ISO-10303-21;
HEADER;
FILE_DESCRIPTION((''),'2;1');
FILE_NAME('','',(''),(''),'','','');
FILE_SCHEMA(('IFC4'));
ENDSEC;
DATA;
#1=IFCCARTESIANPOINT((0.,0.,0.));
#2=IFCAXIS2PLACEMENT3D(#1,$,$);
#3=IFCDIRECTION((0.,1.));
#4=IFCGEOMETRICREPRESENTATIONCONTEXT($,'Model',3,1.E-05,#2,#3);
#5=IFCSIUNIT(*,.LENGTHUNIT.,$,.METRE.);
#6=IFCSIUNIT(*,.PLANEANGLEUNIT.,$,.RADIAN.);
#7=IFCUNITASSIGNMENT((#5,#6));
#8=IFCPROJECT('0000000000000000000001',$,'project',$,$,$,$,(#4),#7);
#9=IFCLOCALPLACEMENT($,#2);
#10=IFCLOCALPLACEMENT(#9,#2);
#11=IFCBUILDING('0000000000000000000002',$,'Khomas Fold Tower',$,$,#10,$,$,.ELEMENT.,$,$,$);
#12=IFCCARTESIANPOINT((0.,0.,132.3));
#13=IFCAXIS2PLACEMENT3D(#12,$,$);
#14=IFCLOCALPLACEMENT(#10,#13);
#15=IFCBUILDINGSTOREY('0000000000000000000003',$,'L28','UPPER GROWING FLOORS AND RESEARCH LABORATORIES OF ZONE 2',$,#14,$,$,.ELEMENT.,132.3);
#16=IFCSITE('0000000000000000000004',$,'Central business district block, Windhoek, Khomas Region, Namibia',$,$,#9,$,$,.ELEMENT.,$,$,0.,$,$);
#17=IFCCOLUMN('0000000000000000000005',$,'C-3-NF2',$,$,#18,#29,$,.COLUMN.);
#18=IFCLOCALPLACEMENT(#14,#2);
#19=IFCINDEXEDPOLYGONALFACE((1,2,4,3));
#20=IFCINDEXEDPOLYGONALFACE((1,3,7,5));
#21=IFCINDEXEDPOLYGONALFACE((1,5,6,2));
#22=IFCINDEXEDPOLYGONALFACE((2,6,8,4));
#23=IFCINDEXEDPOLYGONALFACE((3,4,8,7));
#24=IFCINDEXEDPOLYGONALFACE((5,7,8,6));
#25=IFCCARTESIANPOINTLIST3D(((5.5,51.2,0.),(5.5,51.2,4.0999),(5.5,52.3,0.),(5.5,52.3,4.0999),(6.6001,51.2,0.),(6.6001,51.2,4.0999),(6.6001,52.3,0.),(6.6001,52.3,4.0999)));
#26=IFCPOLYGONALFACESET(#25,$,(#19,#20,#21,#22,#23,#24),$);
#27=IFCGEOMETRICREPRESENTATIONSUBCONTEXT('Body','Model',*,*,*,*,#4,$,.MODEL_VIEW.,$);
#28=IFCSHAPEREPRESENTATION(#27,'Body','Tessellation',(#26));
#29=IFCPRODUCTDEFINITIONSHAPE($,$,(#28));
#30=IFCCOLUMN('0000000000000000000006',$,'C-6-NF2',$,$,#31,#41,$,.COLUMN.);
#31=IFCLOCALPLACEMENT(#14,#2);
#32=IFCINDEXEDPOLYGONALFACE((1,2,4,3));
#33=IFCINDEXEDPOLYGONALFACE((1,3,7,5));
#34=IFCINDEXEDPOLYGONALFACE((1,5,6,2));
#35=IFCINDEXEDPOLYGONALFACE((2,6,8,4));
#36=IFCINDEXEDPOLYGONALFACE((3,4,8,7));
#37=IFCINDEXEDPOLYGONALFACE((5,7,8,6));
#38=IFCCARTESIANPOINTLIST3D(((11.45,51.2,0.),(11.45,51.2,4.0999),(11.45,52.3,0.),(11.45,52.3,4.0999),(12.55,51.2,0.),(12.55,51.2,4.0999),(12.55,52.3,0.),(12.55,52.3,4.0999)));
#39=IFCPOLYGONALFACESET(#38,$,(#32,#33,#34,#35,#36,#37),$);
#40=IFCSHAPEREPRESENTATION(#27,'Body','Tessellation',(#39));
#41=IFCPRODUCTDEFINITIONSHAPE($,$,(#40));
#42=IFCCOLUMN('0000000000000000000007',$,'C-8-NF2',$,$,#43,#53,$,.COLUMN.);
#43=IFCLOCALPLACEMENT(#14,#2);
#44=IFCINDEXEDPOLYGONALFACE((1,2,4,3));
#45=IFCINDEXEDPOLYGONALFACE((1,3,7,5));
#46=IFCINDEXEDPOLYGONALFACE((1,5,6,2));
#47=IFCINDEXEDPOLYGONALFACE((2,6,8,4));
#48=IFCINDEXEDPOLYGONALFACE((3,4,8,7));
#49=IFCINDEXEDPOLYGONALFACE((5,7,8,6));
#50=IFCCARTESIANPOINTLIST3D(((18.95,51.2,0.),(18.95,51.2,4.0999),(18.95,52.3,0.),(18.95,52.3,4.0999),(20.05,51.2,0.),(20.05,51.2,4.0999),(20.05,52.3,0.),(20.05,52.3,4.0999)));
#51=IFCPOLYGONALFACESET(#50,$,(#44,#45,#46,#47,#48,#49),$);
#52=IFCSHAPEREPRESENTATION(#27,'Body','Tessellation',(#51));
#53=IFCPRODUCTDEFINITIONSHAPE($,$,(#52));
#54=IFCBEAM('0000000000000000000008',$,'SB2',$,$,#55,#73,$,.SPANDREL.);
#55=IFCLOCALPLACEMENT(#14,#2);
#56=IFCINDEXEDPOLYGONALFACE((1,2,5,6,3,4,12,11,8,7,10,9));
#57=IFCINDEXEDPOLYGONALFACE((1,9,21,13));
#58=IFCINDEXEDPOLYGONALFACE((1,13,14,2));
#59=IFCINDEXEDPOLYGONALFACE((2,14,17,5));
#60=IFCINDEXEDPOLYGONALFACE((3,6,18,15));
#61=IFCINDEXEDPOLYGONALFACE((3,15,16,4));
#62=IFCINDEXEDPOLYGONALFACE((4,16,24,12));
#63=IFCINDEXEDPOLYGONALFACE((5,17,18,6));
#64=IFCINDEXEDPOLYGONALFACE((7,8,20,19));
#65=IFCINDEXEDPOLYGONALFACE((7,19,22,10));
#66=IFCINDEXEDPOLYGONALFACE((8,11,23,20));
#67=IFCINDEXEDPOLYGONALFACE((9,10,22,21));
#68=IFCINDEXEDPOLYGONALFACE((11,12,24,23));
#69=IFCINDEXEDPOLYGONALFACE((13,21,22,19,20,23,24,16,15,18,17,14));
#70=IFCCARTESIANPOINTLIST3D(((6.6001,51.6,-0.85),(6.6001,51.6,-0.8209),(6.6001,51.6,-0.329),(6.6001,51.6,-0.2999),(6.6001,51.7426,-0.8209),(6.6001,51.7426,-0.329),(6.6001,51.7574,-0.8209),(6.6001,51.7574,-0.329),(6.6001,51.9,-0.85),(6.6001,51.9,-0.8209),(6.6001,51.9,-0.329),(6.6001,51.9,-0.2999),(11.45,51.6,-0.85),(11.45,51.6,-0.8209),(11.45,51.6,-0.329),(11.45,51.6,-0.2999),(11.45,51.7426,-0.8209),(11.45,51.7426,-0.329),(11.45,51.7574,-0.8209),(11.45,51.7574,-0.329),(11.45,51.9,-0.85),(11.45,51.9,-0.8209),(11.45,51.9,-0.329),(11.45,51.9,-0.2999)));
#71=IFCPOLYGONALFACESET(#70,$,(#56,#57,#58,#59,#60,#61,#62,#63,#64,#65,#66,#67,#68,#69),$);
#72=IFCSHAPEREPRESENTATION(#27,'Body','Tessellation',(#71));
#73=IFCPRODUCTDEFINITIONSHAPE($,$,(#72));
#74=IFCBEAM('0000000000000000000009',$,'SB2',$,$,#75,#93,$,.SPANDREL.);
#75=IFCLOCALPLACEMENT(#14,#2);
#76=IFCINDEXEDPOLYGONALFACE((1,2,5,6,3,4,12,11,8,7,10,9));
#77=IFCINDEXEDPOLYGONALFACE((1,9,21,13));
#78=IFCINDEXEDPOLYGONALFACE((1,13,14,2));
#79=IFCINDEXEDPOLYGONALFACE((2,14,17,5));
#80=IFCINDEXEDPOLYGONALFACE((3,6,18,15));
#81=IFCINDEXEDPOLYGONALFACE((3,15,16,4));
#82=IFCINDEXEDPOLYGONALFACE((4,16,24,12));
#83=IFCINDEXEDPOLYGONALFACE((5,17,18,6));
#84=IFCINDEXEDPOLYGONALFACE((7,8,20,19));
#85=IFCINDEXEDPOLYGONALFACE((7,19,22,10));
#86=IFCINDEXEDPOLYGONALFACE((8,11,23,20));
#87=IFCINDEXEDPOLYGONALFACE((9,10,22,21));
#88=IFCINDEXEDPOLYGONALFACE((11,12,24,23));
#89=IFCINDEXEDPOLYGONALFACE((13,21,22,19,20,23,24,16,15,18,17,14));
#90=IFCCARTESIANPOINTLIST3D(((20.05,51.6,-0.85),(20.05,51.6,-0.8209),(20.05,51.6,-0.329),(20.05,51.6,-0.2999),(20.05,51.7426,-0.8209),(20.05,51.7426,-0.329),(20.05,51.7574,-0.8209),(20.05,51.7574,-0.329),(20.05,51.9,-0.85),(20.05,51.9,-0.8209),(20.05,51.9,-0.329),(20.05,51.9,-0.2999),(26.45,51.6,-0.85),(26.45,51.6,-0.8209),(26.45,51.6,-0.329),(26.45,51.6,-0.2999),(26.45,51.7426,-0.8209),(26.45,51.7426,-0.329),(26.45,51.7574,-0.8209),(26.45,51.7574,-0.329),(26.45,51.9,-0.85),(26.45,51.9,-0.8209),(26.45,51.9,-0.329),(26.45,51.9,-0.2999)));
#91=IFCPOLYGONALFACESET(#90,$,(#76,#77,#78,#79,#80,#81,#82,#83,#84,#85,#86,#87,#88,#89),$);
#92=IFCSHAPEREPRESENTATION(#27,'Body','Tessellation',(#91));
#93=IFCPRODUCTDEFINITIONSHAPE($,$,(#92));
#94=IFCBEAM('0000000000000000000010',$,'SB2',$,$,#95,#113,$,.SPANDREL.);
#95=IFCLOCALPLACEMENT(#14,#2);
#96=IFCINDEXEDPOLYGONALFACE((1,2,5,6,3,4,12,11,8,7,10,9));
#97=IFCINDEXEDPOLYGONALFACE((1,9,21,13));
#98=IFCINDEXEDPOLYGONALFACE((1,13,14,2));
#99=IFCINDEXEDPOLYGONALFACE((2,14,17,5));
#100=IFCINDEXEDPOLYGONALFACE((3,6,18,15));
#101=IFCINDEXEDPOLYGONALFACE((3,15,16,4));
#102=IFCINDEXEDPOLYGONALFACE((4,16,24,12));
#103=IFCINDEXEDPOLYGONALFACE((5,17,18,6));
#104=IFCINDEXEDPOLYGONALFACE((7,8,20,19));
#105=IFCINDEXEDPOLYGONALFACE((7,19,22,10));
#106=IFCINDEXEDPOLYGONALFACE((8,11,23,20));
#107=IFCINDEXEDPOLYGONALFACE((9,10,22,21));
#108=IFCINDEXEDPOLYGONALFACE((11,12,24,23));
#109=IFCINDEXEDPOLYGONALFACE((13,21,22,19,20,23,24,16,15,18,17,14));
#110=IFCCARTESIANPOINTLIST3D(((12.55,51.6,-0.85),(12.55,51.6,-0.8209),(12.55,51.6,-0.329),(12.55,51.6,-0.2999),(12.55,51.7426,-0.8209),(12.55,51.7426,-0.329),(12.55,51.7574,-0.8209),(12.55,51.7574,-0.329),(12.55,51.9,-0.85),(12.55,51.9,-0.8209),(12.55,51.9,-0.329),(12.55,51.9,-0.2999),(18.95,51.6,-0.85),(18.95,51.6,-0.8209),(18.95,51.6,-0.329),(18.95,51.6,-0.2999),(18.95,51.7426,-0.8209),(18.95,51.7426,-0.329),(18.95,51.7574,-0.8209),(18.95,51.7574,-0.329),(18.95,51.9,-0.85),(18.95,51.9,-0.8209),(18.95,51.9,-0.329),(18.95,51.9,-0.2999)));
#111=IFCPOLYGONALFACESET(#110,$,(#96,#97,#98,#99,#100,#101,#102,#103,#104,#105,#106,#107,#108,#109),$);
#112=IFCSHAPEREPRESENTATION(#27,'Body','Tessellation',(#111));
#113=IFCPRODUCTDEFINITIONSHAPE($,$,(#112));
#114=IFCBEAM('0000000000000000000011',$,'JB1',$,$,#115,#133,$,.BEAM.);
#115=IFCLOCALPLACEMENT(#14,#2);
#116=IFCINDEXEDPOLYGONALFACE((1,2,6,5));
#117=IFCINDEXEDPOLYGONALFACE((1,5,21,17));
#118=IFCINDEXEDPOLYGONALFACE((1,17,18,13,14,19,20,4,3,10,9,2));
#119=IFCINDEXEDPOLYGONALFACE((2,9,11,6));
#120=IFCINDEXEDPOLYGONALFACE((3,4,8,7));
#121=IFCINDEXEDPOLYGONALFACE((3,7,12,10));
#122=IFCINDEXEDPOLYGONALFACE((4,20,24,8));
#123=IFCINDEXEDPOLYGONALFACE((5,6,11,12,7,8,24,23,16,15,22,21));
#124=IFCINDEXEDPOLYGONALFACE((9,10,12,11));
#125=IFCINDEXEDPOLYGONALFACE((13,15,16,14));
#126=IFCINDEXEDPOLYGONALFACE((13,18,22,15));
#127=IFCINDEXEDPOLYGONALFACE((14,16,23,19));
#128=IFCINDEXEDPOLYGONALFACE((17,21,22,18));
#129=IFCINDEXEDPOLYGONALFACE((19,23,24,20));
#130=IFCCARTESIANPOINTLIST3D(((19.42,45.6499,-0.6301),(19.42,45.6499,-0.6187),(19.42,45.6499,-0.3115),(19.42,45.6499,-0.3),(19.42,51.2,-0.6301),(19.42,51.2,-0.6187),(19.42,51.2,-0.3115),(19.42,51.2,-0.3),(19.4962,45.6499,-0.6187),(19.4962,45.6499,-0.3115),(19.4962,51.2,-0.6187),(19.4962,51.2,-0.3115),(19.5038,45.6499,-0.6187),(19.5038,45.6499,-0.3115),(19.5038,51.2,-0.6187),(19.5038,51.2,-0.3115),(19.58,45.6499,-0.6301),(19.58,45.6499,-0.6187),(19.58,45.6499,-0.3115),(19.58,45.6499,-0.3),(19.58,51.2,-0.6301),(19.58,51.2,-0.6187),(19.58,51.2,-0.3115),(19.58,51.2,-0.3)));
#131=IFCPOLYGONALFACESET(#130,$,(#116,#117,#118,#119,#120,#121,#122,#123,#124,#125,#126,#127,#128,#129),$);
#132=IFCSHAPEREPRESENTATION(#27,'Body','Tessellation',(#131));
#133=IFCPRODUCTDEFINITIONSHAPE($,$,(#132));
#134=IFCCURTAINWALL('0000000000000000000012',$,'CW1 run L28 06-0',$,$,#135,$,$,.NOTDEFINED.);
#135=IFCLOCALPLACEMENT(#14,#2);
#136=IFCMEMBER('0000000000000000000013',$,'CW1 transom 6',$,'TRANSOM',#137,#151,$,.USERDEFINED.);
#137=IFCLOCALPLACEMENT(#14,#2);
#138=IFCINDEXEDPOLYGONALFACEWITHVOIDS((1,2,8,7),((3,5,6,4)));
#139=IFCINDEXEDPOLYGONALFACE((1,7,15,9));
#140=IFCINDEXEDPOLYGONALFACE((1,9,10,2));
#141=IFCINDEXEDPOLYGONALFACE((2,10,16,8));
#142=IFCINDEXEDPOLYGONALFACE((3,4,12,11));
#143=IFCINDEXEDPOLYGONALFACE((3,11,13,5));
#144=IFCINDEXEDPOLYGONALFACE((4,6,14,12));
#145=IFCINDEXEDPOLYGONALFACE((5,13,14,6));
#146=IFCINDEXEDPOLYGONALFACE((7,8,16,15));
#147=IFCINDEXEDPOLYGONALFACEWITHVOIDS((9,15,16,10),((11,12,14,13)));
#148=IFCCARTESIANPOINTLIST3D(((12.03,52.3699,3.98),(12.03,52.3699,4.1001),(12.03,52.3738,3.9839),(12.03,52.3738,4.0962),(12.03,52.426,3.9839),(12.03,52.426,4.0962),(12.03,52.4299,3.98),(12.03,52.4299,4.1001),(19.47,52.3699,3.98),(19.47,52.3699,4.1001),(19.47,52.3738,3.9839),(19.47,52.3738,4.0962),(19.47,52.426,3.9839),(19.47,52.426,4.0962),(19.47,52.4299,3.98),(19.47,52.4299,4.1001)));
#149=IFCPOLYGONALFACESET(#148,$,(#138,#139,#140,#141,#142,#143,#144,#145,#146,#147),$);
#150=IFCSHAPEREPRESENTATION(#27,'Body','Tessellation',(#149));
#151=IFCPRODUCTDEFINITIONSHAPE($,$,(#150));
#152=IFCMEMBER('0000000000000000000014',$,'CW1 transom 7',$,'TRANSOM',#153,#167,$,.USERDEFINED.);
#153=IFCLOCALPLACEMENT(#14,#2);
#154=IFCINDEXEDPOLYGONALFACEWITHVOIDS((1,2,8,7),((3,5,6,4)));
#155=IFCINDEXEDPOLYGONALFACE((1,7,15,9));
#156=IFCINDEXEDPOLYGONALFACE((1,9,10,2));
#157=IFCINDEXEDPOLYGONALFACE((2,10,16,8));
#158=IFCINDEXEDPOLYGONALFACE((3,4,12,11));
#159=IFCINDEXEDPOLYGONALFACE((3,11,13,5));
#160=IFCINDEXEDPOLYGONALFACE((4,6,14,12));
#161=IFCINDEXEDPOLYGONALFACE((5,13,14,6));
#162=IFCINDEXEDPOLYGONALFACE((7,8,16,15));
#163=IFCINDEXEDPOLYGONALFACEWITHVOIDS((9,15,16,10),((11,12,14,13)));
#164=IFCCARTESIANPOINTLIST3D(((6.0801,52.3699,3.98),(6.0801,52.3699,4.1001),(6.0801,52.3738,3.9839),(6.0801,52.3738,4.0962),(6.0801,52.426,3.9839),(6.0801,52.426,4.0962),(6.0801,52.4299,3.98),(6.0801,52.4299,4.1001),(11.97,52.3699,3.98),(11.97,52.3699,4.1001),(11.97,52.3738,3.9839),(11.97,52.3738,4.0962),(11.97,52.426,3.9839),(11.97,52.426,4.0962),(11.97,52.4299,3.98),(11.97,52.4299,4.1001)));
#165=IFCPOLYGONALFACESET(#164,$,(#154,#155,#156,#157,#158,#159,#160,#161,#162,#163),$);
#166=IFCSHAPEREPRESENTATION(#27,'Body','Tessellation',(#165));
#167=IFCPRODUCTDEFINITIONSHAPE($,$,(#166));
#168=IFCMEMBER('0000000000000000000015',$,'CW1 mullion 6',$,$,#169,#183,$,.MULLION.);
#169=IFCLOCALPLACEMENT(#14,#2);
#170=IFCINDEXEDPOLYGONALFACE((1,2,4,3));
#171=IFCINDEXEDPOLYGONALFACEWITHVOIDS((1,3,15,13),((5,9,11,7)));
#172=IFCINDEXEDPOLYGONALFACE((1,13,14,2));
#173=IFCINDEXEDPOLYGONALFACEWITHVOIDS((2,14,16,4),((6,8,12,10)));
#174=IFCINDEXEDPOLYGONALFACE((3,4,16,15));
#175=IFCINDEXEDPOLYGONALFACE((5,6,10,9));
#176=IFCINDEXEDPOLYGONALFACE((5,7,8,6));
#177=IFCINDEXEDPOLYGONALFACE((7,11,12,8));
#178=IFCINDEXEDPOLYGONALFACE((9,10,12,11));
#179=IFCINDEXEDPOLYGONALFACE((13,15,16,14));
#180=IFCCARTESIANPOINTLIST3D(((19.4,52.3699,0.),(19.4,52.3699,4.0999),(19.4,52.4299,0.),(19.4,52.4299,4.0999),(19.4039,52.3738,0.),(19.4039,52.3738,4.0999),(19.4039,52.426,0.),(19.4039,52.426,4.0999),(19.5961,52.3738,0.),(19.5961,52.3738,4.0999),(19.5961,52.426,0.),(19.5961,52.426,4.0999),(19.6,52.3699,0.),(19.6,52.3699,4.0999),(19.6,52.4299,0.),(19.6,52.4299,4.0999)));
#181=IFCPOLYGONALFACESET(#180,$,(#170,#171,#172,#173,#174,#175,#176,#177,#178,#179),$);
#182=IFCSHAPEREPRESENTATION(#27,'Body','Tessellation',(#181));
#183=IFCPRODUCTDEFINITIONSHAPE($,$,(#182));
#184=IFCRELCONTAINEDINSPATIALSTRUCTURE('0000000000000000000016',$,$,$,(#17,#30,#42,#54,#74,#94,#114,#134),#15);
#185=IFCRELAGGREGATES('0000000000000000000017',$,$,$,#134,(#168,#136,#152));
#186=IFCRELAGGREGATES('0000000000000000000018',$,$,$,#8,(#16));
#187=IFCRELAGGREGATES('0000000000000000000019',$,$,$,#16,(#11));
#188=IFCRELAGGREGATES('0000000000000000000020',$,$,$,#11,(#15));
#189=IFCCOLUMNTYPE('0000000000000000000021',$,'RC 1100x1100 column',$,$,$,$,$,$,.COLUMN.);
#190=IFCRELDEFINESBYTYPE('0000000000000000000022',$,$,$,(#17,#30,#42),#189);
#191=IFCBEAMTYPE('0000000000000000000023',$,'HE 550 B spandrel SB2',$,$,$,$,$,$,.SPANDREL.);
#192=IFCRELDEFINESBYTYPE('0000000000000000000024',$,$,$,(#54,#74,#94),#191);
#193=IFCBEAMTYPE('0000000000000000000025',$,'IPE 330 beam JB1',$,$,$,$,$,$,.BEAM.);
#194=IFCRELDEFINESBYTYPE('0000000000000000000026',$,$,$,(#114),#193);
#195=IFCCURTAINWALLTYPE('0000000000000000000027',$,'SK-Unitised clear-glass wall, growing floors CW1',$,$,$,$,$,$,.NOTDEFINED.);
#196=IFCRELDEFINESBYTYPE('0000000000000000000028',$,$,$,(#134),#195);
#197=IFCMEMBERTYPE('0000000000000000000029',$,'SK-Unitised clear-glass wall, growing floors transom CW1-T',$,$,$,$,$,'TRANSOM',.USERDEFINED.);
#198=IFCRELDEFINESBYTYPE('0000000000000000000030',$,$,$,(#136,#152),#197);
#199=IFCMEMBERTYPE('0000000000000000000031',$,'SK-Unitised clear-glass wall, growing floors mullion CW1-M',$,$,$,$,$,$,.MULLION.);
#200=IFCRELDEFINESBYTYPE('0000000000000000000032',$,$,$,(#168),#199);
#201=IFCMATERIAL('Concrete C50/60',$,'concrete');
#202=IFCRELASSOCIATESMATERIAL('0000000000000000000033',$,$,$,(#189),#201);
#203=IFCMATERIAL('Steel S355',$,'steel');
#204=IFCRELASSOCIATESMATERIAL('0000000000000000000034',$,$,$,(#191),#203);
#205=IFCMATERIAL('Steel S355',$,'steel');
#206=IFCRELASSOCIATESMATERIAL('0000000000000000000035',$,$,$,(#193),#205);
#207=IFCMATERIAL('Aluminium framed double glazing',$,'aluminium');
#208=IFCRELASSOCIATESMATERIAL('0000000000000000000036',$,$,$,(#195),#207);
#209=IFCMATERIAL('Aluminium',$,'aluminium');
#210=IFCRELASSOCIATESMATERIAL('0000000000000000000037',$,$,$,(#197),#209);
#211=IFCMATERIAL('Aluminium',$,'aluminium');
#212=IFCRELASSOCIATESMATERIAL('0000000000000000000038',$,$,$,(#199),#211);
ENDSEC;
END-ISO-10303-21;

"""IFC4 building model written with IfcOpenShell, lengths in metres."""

from ifc_helpers import new_model, si_unit, direction, frame, origin, origin_2d, place, context, subcontext, project, spatial, rectangle, hollow_rectangle, i_section, extrude, source, transform, mapped, material, material_profile, profile_set, type_object, element, aggregate, save


model = new_model("IFC4")

# Units and contexts
model_context = context("Model", 3, precision=1e-05, world=origin(), true_north=direction((0.0, 1.0)))
body_context = subcontext(model_context, "Body", "Model", "MODEL_VIEW")
ifc_project = project(units=[si_unit("LENGTHUNIT", "METRE"), si_unit("PLANEANGLEUNIT", "RADIAN")], contexts=[model_context])

# Site, building, storey
site_placement = place(None, origin())
site = spatial("IfcSite", under=ifc_project, at=site_placement, Name="Central business district block, Windhoek, Khomas Region, Namibia", CompositionType="ELEMENT", RefElevation=0.0)
building_placement = place(site_placement, origin())
building = spatial("IfcBuilding", under=site, at=building_placement, Name="Khomas Fold Tower", CompositionType="ELEMENT")
storey_placement = place(building_placement, frame((0.0, 0.0, 132.3)))
storey = spatial("IfcBuildingStorey", under=building, at=storey_placement, Name="L28", Description="UPPER GROWING FLOORS AND RESEARCH LABORATORIES OF ZONE 2", CompositionType="ELEMENT", Elevation=132.3)

# Columns
ifc_material_1 = material(Name="Concrete C50/60", Category="concrete")
ifc_material_profile_1 = material_profile(ifc_material_1, rectangle(XDim=1.1001, YDim=1.1001, at=origin_2d()), Name="RC 1100x1100")
ifc_profile_set_1 = profile_set([ifc_material_profile_1], Name="Concrete C50/60")
column_type = type_object("IfcColumnType", Name="RC 1100x1100 column", PredefinedType="COLUMN", material=ifc_profile_set_1)
shared_shape_1 = source(origin(), body_context, "Body", "SweptSolid", [
    extrude(rectangle(XDim=1.1001, YDim=1.1001, at=origin_2d()), origin(), (0.0, 0.0, 1.0), 4.0999),
])
for number, where, z_axis, x_axis, name in (
    (1, (6.05, 51.75, 0.0), (0.0, 0.0, 1.0), (1.0, 0.0, 0.0), "C-3-NF2"),
    (2, (12.0, 51.75, 0.0), (0.0, 0.0, 1.0), (1.0, 0.0, 0.0), "C-6-NF2"),
    (3, (19.5, 51.75, 0.0), (0.0, 0.0, 1.0), (1.0, 0.0, 0.0), "C-8-NF2"),
):
    element("IfcColumn", number, at=place(storey_placement, frame(where, z_axis=z_axis, x_axis=x_axis)), inside=storey, type_object=column_type, Name=name, PredefinedType="COLUMN", context=body_context, shape_type="MappedRepresentation", body=[
        mapped(shared_shape_1, transform((0.0, 0.0, 0.0))),
    ])

# Beams
ifc_material_2 = material(Name="Steel S355", Category="steel")
ifc_material_profile_2 = material_profile(ifc_material_2, i_section(OverallWidth=0.3, OverallDepth=0.55, WebThickness=0.0149, FlangeThickness=0.0291, at=origin_2d()), Name="HE 550 B")
ifc_profile_set_2 = profile_set([ifc_material_profile_2], Name="Steel S355")
beam_type_1 = type_object("IfcBeamType", Name="HE 550 B spandrel SB2", PredefinedType="SPANDREL", material=ifc_profile_set_2)
shared_shape_2 = source(origin(), body_context, "Body", "SweptSolid", [
    extrude(i_section(OverallWidth=0.3, OverallDepth=0.55, WebThickness=0.0149, FlangeThickness=0.0291, at=origin_2d()), origin(), (0.0, 0.0, 1.0), 4.8499),
])
beam_1_placement = place(storey_placement, frame((6.6001, 51.75, -0.575), z_axis=(1.0, 0.0, 0.0), x_axis=(0.0, 1.0, 0.0)))
element("IfcBeam", 4, at=beam_1_placement, inside=storey, type_object=beam_type_1, Name="SB2", PredefinedType="SPANDREL", context=body_context, shape_type="MappedRepresentation", body=[
    mapped(shared_shape_2, transform((0.0, 0.0, 0.0))),
])
shared_shape_3 = source(origin(), body_context, "Body", "SweptSolid", [
    extrude(i_section(OverallWidth=0.3, OverallDepth=0.55, WebThickness=0.0149, FlangeThickness=0.0291, at=origin_2d()), origin(), (0.0, 0.0, 1.0), 6.3999),
])
for number, where, z_axis, x_axis, name in (
    (5, (20.05, 51.75, -0.575), (1.0, 0.0, 0.0), (0.0, 1.0, 0.0), "SB2"),
    (6, (12.55, 51.75, -0.575), (1.0, 0.0, 0.0), (0.0, 1.0, 0.0), "SB2"),
):
    element("IfcBeam", number, at=place(storey_placement, frame(where, z_axis=z_axis, x_axis=x_axis)), inside=storey, type_object=beam_type_1, Name=name, PredefinedType="SPANDREL", context=body_context, shape_type="MappedRepresentation", body=[
        mapped(shared_shape_3, transform((0.0, 0.0, 0.0))),
    ])
ifc_material_3 = material(Name="Steel S355", Category="steel")
ifc_material_profile_3 = material_profile(ifc_material_3, i_section(OverallWidth=0.1599, OverallDepth=0.3301, WebThickness=0.0076, FlangeThickness=0.0115, at=origin_2d()), Name="IPE 330")
ifc_profile_set_3 = profile_set([ifc_material_profile_3], Name="Steel S355")
beam_type_2 = type_object("IfcBeamType", Name="IPE 330 beam JB1", PredefinedType="BEAM", material=ifc_profile_set_3)
shared_shape_4 = source(origin(), body_context, "Body", "SweptSolid", [
    extrude(i_section(OverallWidth=0.1599, OverallDepth=0.3301, WebThickness=0.0076, FlangeThickness=0.0115, at=origin_2d()), origin(), (0.0, 0.0, 1.0), 5.55),
])
beam_2_placement = place(storey_placement, frame((19.5, 45.6499, -0.4651), z_axis=(0.0, 1.0, 0.0), x_axis=(-1.0, 0.0, 0.0)))
element("IfcBeam", 7, at=beam_2_placement, inside=storey, type_object=beam_type_2, Name="JB1", PredefinedType="BEAM", context=body_context, shape_type="MappedRepresentation", body=[
    mapped(shared_shape_4, transform((0.0, 0.0, 0.0))),
])

# Curtain wall, members
ifc_material_4 = material(Name="Aluminium framed double glazing", Category="aluminium")
curtain_wall_type = type_object("IfcCurtainWallType", Name="SK-Unitised clear-glass wall, growing floors CW1", PredefinedType="NOTDEFINED", material=ifc_material_4)
curtain_wall_placement = place(storey_placement, origin())
curtain_wall = element("IfcCurtainWall", 8, at=curtain_wall_placement, inside=storey, type_object=curtain_wall_type, Name="CW1 run L28 06-0", PredefinedType="NOTDEFINED")
ifc_material_5 = material(Name="Aluminium", Category="aluminium")
ifc_material_profile_4 = material_profile(ifc_material_5, hollow_rectangle(XDim=0.0601, YDim=0.1201, WallThickness=0.0039, at=origin_2d()), Name="SK-Unitised clear-glass wall, growing floors transom CW1-T")
ifc_profile_set_4 = profile_set([ifc_material_profile_4], Name="Aluminium")
member_type_1 = type_object("IfcMemberType", Name="SK-Unitised clear-glass wall, growing floors transom CW1-T", ElementType="TRANSOM", PredefinedType="USERDEFINED", material=ifc_profile_set_4)
shared_shape_5 = source(origin(), body_context, "Body", "SweptSolid", [
    extrude(hollow_rectangle(XDim=0.0601, YDim=0.1201, WallThickness=0.0039, at=origin_2d()), origin(), (0.0, 0.0, 1.0), 7.4399),
])
member_1_placement = place(storey_placement, frame((19.47, 52.3999, 4.04), z_axis=(-1.0, 0.0, 0.0), x_axis=(0.0, -1.0, 0.0)))
member_1 = element("IfcMember", 9, at=member_1_placement, type_object=member_type_1, Name="CW1 transom 6", ObjectType="TRANSOM", PredefinedType="USERDEFINED", context=body_context, shape_type="MappedRepresentation", body=[
    mapped(shared_shape_5, transform((0.0, 0.0, 0.0))),
])
shared_shape_6 = source(origin(), body_context, "Body", "SweptSolid", [
    extrude(hollow_rectangle(XDim=0.0601, YDim=0.1201, WallThickness=0.0039, at=origin_2d()), origin(), (0.0, 0.0, 1.0), 5.8899),
])
member_2_placement = place(storey_placement, frame((11.97, 52.3999, 4.04), z_axis=(-1.0, 0.0, 0.0), x_axis=(0.0, -1.0, 0.0)))
member_2 = element("IfcMember", 10, at=member_2_placement, type_object=member_type_1, Name="CW1 transom 7", ObjectType="TRANSOM", PredefinedType="USERDEFINED", context=body_context, shape_type="MappedRepresentation", body=[
    mapped(shared_shape_6, transform((0.0, 0.0, 0.0))),
])
ifc_material_6 = material(Name="Aluminium", Category="aluminium")
ifc_material_profile_5 = material_profile(ifc_material_6, hollow_rectangle(XDim=0.0601, YDim=0.2, WallThickness=0.0039, at=origin_2d()), Name="SK-Unitised clear-glass wall, growing floors mullion CW1-M")
ifc_profile_set_5 = profile_set([ifc_material_profile_5], Name="Aluminium")
member_type_2 = type_object("IfcMemberType", Name="SK-Unitised clear-glass wall, growing floors mullion CW1-M", PredefinedType="MULLION", material=ifc_profile_set_5)
shared_shape_7 = source(origin(), body_context, "Body", "SweptSolid", [
    extrude(hollow_rectangle(XDim=0.0601, YDim=0.2, WallThickness=0.0039, at=origin_2d()), origin(), (0.0, 0.0, 1.0), 4.0999),
])
member_3_placement = place(storey_placement, frame((19.5, 52.3999, 0.0), z_axis=(0.0, 0.0, 1.0), x_axis=(0.0, -1.0, 0.0)))
member_3 = element("IfcMember", 11, at=member_3_placement, type_object=member_type_2, Name="CW1 mullion 6", PredefinedType="MULLION", context=body_context, shape_type="MappedRepresentation", body=[
    mapped(shared_shape_7, transform((0.0, 0.0, 0.0))),
])
aggregate(curtain_wall, [member_3, member_1, member_2])

save(model, "model.ifc")
